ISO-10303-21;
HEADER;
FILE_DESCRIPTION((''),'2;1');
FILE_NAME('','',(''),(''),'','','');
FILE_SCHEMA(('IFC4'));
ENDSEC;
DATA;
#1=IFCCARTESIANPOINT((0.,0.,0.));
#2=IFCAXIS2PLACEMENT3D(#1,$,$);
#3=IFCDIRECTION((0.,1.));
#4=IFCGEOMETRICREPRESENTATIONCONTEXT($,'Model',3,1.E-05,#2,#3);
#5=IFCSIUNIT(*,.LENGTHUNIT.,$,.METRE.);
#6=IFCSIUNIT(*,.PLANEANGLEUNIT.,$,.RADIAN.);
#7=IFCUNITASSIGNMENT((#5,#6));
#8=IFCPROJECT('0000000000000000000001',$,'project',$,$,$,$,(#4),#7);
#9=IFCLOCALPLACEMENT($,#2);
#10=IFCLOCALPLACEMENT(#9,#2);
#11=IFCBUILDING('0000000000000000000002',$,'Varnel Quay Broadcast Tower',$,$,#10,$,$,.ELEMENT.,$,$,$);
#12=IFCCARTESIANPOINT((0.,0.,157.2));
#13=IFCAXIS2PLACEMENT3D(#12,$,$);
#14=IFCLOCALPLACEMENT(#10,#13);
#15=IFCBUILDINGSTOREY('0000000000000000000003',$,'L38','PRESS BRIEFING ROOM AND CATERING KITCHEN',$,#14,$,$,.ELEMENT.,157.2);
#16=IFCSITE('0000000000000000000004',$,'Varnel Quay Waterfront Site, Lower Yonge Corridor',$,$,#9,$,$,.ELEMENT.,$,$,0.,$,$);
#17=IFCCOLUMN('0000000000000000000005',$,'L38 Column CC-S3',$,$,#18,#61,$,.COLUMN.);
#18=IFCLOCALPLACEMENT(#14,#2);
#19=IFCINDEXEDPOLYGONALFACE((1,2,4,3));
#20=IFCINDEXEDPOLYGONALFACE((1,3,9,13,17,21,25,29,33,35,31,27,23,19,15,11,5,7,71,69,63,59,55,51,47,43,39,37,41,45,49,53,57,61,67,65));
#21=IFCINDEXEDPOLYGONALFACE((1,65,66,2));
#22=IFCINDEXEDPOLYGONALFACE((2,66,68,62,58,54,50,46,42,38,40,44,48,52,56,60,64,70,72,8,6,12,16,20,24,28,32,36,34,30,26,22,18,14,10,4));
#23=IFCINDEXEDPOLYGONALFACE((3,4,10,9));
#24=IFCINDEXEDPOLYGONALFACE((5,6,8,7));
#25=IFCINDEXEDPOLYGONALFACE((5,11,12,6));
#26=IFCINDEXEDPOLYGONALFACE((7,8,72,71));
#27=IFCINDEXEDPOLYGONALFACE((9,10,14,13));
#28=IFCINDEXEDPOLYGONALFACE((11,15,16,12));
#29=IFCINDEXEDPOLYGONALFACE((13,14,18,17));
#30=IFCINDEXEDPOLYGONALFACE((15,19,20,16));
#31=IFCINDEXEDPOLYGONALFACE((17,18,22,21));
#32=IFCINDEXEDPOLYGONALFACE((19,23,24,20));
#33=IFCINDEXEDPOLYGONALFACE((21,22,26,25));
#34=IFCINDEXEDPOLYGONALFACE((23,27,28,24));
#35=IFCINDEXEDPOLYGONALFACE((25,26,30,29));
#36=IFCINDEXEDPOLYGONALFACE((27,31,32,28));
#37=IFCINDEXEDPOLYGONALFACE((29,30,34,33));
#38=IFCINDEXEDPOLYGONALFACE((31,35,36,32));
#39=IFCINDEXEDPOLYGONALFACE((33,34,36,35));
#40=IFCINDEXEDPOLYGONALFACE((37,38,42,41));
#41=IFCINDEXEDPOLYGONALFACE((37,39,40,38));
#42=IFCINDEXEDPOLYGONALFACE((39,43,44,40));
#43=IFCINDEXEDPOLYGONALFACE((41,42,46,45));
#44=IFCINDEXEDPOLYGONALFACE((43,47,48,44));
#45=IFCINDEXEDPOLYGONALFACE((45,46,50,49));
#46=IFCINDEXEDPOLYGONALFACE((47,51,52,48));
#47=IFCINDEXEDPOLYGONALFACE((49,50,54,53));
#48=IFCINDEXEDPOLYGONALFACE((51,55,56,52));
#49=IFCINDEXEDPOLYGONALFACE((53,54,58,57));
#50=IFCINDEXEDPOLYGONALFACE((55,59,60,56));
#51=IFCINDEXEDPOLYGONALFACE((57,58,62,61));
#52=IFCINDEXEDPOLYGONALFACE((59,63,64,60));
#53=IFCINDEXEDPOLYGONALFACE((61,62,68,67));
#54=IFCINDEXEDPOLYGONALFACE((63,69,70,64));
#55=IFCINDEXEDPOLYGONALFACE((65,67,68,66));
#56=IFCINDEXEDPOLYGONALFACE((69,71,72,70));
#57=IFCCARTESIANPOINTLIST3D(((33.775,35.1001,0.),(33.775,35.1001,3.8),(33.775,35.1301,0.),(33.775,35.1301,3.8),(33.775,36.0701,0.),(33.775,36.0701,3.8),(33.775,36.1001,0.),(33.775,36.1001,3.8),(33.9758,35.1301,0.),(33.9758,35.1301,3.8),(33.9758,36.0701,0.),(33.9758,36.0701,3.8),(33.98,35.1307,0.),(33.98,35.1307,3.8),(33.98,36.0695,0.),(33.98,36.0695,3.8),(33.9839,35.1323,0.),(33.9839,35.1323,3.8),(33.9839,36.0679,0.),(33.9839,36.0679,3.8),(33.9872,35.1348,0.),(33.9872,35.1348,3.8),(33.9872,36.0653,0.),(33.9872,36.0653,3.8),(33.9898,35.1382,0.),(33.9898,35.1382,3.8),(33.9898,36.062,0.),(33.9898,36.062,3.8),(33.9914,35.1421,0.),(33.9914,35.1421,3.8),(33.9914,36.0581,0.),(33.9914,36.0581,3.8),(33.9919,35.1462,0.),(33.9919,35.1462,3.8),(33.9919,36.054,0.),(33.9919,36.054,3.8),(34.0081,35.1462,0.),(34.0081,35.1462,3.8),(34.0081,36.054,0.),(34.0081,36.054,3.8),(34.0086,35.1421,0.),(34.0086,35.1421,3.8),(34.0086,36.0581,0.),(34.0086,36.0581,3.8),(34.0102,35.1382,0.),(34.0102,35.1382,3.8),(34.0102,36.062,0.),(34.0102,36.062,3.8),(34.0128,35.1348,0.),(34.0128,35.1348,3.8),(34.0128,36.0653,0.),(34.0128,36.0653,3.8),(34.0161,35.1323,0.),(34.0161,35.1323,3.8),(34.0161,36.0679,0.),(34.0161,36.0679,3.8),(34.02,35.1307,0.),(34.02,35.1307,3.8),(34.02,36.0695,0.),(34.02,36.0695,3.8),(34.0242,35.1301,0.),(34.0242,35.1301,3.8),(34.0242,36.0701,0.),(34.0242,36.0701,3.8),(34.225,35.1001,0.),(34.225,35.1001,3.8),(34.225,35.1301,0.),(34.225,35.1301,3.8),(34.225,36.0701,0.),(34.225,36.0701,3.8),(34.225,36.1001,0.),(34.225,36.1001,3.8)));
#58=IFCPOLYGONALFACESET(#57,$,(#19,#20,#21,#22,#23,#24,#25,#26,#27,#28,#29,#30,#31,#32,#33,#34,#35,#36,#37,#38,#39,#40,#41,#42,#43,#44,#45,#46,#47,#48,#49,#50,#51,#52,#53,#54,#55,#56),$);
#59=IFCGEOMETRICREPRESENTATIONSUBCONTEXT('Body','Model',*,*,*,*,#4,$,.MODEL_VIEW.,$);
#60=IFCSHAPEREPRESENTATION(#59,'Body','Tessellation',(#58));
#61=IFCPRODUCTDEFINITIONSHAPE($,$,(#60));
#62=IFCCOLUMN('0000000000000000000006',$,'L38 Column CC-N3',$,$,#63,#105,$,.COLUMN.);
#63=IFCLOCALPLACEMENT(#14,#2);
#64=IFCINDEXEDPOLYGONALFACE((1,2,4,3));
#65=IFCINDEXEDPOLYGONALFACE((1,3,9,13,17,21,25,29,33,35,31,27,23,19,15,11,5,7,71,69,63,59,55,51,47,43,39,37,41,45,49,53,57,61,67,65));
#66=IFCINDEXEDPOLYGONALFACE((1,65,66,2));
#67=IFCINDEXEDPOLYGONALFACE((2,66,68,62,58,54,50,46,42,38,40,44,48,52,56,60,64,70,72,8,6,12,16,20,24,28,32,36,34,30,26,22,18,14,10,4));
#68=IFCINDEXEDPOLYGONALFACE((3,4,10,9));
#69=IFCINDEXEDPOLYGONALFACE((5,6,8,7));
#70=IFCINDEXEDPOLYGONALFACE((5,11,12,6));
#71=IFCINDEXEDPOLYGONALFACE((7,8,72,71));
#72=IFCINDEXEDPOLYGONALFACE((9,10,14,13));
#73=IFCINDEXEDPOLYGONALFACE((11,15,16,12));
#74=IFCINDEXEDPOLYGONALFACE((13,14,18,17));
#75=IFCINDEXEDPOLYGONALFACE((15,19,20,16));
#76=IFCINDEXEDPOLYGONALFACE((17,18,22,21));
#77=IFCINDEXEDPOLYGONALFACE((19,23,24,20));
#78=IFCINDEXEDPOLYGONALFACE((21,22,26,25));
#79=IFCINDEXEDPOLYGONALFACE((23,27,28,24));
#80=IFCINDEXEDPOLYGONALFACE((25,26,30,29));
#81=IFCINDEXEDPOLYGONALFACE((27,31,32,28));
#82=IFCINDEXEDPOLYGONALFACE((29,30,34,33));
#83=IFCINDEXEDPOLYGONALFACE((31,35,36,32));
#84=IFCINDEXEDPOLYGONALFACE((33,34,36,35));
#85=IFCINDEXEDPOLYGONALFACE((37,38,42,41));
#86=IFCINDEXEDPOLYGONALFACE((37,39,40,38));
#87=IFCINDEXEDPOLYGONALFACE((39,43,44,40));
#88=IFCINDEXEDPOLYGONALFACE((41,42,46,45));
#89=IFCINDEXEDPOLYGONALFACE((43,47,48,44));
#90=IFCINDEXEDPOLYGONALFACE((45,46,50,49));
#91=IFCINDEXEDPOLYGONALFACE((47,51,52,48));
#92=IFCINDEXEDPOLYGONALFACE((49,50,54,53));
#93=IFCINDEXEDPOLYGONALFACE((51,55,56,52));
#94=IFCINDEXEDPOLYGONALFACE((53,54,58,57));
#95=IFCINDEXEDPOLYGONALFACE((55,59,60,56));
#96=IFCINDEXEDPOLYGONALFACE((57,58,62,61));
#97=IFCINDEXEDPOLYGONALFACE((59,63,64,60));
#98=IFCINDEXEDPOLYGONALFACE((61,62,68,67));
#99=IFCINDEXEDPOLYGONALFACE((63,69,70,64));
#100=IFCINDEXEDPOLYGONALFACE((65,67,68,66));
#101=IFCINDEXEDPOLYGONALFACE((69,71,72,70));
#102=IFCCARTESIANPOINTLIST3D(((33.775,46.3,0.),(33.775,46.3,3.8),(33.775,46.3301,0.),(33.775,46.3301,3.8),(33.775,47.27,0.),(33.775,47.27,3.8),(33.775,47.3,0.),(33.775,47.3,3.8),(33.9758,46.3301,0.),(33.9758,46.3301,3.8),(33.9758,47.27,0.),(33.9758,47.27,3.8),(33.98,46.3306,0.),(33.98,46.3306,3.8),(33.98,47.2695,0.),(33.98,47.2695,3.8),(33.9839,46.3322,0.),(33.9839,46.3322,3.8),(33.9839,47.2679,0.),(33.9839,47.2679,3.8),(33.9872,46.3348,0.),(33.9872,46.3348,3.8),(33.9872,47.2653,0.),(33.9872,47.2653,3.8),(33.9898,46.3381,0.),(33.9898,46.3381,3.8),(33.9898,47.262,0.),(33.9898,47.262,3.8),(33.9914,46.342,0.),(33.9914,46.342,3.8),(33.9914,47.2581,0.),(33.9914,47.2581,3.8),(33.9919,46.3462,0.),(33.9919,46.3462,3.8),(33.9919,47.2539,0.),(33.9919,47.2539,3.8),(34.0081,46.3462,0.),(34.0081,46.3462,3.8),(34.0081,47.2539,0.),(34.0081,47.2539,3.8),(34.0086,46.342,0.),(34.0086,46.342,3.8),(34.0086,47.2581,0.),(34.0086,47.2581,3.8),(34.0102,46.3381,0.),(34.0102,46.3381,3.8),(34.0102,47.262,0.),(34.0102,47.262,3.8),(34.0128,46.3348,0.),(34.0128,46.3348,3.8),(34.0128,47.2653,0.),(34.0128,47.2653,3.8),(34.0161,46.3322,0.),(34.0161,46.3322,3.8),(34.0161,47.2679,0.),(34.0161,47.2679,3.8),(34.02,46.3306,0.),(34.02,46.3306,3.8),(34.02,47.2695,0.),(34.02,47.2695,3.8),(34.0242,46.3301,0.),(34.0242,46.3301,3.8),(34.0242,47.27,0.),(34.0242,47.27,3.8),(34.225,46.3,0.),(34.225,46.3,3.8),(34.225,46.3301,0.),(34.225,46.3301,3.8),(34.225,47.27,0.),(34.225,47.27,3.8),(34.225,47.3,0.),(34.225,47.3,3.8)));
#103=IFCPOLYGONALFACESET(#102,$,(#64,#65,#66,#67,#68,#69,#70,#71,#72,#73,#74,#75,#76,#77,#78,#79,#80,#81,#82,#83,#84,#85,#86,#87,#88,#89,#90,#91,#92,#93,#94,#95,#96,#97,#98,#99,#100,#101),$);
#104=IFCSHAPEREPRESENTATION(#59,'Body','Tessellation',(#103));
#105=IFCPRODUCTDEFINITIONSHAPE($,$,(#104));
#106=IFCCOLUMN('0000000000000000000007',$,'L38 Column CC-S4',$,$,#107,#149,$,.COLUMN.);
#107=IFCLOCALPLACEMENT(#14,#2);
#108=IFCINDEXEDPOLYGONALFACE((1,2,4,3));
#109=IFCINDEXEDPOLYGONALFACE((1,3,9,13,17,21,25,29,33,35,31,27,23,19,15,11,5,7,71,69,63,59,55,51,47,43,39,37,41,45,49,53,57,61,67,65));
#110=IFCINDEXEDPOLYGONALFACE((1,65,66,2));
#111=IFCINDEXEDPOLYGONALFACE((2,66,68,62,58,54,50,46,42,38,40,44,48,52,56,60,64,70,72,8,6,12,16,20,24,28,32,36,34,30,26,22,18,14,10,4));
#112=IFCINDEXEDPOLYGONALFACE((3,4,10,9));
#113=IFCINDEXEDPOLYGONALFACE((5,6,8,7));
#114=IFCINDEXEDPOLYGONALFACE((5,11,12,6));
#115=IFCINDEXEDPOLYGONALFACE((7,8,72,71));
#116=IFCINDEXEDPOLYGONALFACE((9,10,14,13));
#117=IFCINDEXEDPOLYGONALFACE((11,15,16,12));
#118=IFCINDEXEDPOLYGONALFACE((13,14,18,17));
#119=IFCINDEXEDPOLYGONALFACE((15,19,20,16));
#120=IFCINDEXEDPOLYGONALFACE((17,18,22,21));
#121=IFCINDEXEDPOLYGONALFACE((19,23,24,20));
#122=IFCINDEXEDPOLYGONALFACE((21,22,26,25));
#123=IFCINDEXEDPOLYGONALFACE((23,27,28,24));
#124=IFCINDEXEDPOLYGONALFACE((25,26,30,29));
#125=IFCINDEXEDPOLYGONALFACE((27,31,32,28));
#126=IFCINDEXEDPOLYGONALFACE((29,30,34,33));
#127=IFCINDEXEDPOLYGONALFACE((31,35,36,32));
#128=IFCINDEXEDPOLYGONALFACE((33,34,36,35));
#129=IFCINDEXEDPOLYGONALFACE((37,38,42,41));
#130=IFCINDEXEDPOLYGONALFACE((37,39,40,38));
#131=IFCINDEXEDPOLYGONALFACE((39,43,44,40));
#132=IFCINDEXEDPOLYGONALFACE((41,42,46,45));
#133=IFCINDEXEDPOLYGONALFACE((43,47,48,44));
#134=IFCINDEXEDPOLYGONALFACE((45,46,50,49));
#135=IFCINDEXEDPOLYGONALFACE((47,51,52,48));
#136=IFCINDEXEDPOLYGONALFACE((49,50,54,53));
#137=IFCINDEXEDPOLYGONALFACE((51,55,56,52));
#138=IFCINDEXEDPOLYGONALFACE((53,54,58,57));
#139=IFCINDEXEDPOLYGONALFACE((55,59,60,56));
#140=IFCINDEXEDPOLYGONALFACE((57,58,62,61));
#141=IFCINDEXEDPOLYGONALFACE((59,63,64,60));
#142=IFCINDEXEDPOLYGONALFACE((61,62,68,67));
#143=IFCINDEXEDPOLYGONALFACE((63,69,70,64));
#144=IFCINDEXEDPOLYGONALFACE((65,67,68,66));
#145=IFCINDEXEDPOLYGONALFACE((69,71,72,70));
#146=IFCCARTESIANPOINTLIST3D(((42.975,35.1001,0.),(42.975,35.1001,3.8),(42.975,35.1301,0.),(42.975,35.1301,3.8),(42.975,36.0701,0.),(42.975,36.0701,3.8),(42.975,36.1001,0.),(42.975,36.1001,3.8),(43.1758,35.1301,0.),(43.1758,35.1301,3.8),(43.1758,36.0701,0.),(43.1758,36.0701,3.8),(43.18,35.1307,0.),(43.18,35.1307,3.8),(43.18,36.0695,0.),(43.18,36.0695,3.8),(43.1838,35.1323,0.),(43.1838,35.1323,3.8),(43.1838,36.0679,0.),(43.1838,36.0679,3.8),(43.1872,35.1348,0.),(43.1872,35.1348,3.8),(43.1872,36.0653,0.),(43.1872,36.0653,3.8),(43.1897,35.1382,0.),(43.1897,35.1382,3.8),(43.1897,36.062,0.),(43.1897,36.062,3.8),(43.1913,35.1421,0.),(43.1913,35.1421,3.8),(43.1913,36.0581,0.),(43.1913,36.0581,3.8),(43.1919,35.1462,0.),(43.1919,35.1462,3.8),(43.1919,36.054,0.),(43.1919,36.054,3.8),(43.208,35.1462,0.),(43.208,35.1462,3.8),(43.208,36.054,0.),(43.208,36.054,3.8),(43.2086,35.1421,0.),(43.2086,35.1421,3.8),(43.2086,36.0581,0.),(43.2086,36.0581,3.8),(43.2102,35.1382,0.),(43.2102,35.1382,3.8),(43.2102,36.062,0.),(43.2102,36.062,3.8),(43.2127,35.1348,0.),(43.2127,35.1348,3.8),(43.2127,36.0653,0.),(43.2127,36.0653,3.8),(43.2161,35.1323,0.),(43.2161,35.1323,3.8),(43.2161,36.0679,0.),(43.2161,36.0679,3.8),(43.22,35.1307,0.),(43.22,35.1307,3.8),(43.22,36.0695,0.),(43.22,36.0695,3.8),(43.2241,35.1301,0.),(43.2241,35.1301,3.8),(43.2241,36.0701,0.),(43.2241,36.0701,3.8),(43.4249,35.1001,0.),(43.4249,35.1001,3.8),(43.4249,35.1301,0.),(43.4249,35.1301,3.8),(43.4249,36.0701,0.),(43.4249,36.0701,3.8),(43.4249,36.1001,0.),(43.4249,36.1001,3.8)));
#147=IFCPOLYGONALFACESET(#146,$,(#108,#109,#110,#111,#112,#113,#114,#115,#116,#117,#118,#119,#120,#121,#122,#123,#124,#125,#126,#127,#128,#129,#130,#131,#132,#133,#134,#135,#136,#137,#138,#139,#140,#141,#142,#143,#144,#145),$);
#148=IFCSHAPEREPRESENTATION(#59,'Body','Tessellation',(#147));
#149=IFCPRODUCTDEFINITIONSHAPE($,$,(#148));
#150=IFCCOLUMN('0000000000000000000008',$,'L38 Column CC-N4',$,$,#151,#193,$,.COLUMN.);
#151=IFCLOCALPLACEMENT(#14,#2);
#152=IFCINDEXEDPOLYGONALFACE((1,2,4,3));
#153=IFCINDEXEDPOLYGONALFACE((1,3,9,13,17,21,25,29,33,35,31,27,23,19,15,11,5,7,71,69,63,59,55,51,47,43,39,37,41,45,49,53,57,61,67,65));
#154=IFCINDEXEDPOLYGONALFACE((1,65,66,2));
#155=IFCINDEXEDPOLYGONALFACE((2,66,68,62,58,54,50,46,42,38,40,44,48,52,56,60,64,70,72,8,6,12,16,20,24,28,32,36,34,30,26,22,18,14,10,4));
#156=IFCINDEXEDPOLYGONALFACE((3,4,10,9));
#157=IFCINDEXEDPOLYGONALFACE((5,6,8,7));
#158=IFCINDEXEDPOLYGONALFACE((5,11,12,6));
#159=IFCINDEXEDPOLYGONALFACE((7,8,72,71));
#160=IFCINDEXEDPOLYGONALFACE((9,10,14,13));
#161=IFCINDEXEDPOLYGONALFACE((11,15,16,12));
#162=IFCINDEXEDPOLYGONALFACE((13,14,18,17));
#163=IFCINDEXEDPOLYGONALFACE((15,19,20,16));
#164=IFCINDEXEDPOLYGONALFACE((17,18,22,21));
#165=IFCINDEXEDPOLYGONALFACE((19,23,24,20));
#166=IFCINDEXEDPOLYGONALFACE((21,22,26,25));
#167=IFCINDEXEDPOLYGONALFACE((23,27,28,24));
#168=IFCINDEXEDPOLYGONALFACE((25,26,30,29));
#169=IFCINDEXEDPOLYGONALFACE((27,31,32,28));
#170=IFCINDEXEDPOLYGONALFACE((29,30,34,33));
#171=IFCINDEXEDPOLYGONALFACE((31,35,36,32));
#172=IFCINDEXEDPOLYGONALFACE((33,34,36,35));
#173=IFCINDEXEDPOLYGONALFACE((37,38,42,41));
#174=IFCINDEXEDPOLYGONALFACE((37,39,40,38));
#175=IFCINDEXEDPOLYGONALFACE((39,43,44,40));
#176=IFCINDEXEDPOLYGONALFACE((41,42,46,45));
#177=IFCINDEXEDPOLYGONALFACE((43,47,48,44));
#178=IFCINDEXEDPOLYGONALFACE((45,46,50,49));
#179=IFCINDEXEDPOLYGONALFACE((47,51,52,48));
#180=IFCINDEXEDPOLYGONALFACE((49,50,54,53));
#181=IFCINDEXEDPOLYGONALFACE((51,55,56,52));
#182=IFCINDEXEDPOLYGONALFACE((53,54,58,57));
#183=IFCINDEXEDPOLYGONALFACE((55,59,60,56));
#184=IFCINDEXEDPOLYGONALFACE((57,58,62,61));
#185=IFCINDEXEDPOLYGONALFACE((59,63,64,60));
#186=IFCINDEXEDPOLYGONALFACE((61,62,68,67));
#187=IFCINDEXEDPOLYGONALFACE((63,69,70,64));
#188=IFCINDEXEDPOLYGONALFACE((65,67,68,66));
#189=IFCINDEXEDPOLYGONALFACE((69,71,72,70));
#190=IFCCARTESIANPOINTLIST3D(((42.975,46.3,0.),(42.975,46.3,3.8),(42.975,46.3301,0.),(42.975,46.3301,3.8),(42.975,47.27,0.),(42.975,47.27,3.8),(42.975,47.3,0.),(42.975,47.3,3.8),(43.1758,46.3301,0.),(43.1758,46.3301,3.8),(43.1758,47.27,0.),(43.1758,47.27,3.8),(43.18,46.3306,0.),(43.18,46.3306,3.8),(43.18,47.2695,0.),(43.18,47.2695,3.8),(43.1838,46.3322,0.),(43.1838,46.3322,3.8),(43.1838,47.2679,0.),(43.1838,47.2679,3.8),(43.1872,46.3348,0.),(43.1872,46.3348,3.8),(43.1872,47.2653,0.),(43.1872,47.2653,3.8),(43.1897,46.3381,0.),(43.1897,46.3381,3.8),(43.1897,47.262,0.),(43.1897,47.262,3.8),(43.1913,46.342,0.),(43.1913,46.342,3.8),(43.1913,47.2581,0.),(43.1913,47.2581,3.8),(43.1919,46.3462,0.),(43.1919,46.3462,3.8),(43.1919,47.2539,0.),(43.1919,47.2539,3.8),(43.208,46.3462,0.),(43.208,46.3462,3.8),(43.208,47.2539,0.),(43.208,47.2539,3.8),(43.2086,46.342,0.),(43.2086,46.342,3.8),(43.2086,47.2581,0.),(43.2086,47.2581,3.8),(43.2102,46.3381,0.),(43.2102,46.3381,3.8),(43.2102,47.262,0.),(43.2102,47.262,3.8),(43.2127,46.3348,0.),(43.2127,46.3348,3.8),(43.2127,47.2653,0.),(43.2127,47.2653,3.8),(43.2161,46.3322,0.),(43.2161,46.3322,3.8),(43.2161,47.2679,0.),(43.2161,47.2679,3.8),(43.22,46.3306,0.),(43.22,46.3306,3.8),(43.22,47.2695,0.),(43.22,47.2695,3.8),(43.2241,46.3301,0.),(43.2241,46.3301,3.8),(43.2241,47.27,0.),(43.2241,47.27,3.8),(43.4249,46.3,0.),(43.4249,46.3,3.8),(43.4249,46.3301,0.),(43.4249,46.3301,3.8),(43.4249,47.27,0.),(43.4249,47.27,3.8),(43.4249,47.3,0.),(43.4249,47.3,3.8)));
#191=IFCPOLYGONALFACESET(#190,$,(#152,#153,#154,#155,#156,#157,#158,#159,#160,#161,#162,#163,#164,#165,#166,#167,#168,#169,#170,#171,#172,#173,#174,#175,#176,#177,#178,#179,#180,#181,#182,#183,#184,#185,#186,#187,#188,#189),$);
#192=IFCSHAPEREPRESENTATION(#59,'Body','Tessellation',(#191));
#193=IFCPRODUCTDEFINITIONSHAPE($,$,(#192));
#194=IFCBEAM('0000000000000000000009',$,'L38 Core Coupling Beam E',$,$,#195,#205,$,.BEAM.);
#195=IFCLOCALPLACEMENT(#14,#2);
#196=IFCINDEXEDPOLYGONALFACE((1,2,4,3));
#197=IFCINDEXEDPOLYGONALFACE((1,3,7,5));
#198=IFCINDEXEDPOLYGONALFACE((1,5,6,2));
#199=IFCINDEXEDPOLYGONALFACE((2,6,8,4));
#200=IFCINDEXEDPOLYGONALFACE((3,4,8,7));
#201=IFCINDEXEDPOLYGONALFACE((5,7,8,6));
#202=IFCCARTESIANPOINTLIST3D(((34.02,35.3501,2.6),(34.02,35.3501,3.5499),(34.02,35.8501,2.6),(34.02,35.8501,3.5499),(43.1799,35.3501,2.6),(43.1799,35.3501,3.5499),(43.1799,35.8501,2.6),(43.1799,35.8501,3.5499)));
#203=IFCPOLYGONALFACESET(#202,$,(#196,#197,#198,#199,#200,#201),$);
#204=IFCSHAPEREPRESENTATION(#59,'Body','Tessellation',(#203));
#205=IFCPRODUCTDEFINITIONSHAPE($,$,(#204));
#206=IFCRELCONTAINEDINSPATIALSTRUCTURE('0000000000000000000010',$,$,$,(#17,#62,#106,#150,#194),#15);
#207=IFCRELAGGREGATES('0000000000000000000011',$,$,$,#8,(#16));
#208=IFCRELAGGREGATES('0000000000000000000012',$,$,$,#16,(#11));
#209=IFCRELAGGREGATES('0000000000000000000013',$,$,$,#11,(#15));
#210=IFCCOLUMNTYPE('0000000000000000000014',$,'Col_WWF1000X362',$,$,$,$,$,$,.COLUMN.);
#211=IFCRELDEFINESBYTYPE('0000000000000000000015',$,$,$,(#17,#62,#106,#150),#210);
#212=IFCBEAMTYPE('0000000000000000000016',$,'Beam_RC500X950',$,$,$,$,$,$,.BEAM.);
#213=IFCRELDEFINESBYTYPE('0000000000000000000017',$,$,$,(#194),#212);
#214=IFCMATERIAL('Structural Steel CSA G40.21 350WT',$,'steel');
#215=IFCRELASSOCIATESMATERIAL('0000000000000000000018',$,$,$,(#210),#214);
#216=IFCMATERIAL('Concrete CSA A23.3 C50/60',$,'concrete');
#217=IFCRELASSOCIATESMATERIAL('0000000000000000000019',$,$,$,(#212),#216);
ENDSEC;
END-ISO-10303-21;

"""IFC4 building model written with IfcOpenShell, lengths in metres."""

from ifc_helpers import new_model, si_unit, direction, frame, origin, origin_2d, place, context, subcontext, project, spatial, rectangle, i_section, extrude, source, transform, mapped, material, material_profile, profile_set, type_object, type_shapes, element, save


model = new_model("IFC4")

# Units and contexts
model_context = context("Model", 3, precision=1e-05, world=origin(), true_north=direction((0.0, 1.0)))
body_context = subcontext(model_context, "Body", "Model", "MODEL_VIEW")
ifc_project = project(units=[si_unit("LENGTHUNIT", "METRE"), si_unit("PLANEANGLEUNIT", "RADIAN")], contexts=[model_context])

# Site, building, storey
site_placement = place(None, origin())
site = spatial("IfcSite", under=ifc_project, at=site_placement, Name="Varnel Quay Waterfront Site, Lower Yonge Corridor", CompositionType="ELEMENT", RefElevation=0.0)
building_placement = place(site_placement, origin())
building = spatial("IfcBuilding", under=site, at=building_placement, Name="Varnel Quay Broadcast Tower", CompositionType="ELEMENT")
storey_placement = place(building_placement, frame((0.0, 0.0, 157.2)))
storey = spatial("IfcBuildingStorey", under=building, at=storey_placement, Name="L38", Description="PRESS BRIEFING ROOM AND CATERING KITCHEN", CompositionType="ELEMENT", Elevation=157.2)

# Columns
ifc_material_1 = material(Name="Structural Steel CSA G40.21 350WT", Category="steel")
ifc_material_profile_1 = material_profile(ifc_material_1, i_section(OverallWidth=0.45, OverallDepth=1.0, WebThickness=0.0161, FlangeThickness=0.03, FilletRadius=0.0161, at=origin_2d()), Name="WWF1000X362")
ifc_profile_set_1 = profile_set([ifc_material_profile_1], Name="Structural Steel CSA G40.21 350WT")
column_type = type_object("IfcColumnType", Name="Col_WWF1000X362", PredefinedType="COLUMN", material=ifc_profile_set_1)
shared_shape_1 = source(origin(), body_context, "Body", "SweptSolid", [
    extrude(i_section(OverallWidth=0.45, OverallDepth=1.0, WebThickness=0.0161, FlangeThickness=0.03, FilletRadius=0.0161, at=origin_2d()), origin(), (0.0, 0.0, 1.0), 3.8),
])
type_shapes(column_type, [shared_shape_1])
for number, where, z_axis, x_axis, name in (
    (1, (34.0, 35.6001, 0.0), (0.0, 0.0, 1.0), (1.0, 0.0, 0.0), "L38 Column CC-S3"),
    (2, (34.0, 46.8, 0.0), (0.0, 0.0, 1.0), (1.0, 0.0, 0.0), "L38 Column CC-N3"),
    (3, (43.2, 35.6001, 0.0), (0.0, 0.0, 1.0), (1.0, 0.0, 0.0), "L38 Column CC-S4"),
    (4, (43.2, 46.8, 0.0), (0.0, 0.0, 1.0), (1.0, 0.0, 0.0), "L38 Column CC-N4"),
):
    element("IfcColumn", number, at=place(storey_placement, frame(where, z_axis=z_axis, x_axis=x_axis)), inside=storey, type_object=column_type, Name=name, PredefinedType="COLUMN", context=body_context, shape_type="MappedRepresentation", body=[
        mapped(shared_shape_1, transform((0.0, 0.0, 0.0), x_axis=(1.0, 0.0, 0.0), y_axis=(0.0, 1.0, 0.0), z_axis=(0.0, 0.0, 1.0), scale=1.0)),
    ])

# Beam
ifc_material_2 = material(Name="Concrete CSA A23.3 C50/60", Category="concrete")
ifc_material_profile_2 = material_profile(ifc_material_2, rectangle(XDim=0.5, YDim=0.95, at=origin_2d()), Name="RC500X950")
ifc_profile_set_2 = profile_set([ifc_material_profile_2], Name="Concrete CSA A23.3 C50/60")
beam_type_1 = type_object("IfcBeamType", Name="Beam_RC500X950", PredefinedType="BEAM", material=ifc_profile_set_2)
shared_shape_2 = source(origin(), body_context, "Body", "SweptSolid", [
    extrude(rectangle(XDim=0.5, YDim=0.95, at=origin_2d()), origin(), (0.0, 0.0, 1.0), 9.1599),
])
type_shapes(beam_type_1, [shared_shape_2])
beam_1_placement = place(storey_placement, frame((34.02, 35.6001, 3.075), z_axis=(1.0, 0.0, 0.0), x_axis=(0.0, 1.0, 0.0)))
element("IfcBeam", 5, at=beam_1_placement, inside=storey, type_object=beam_type_1, Name="L38 Core Coupling Beam E", PredefinedType="BEAM", context=body_context, shape_type="MappedRepresentation", body=[
    mapped(shared_shape_2, transform((0.0, 0.0, 0.0), x_axis=(1.0, 0.0, 0.0), y_axis=(0.0, 1.0, 0.0), z_axis=(0.0, 0.0, 1.0), scale=1.0)),
])

save(model, "model.ifc")
